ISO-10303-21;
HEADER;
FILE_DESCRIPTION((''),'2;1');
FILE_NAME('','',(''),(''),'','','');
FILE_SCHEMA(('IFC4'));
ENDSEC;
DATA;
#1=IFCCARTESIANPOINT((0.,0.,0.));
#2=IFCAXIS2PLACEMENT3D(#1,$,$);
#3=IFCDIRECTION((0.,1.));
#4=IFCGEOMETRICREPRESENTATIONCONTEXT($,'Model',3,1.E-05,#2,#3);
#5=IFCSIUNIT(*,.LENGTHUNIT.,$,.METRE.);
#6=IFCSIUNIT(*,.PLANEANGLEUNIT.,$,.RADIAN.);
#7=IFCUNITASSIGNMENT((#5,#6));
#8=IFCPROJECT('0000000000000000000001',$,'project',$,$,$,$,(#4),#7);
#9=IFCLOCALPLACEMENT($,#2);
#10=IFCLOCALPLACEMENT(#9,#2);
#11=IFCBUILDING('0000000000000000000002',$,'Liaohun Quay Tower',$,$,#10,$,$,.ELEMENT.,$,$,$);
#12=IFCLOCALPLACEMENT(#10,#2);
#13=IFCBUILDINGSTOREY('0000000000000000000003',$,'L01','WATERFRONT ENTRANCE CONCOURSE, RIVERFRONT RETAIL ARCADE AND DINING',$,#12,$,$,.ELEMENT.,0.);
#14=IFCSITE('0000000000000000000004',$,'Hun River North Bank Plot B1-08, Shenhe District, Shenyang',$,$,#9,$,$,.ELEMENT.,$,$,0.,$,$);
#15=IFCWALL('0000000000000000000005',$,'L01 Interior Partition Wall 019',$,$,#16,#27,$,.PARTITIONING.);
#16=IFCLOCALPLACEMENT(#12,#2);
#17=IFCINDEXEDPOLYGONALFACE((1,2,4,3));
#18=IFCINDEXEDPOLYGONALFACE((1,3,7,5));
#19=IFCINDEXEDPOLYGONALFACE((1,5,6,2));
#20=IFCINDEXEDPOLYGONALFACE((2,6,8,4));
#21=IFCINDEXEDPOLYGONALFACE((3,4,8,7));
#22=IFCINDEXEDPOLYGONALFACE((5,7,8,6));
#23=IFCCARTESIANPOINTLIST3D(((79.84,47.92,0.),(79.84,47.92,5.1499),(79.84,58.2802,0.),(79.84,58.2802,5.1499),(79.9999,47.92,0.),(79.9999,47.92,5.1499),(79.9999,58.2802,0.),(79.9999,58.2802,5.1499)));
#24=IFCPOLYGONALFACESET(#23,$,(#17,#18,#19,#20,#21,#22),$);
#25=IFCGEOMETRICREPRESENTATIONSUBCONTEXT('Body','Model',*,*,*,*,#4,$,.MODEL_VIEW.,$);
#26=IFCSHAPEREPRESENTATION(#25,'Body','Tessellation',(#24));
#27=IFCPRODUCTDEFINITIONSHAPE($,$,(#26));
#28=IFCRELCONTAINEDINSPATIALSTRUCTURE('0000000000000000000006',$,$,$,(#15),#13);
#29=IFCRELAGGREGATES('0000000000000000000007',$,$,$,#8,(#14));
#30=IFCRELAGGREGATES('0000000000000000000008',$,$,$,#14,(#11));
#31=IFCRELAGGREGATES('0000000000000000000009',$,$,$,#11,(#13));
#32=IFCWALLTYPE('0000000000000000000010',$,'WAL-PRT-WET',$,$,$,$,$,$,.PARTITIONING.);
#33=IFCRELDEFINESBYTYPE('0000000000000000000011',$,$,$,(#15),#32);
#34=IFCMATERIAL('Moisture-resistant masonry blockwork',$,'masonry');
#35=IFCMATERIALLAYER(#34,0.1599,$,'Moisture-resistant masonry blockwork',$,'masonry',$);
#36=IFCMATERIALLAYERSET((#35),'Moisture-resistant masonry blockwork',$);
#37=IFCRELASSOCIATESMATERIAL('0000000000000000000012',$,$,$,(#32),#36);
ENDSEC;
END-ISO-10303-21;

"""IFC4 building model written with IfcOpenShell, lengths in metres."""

from ifc_helpers import new_model, si_unit, direction, frame, frame_2d, origin, place, context, subcontext, project, spatial, rectangle, extrude, material, layer, layer_set, type_object, element, save


model = new_model("IFC4")

# Units and contexts
model_context = context("Model", 3, precision=1e-05, world=origin(), true_north=direction((0.0, 1.0)))
body_context = subcontext(model_context, "Body", "Model", "MODEL_VIEW")
ifc_project = project(units=[si_unit("LENGTHUNIT", "METRE"), si_unit("PLANEANGLEUNIT", "RADIAN")], contexts=[model_context])

# Site, building, storey
site_placement = place(None, origin())
site = spatial("IfcSite", under=ifc_project, at=site_placement, Name="Hun River North Bank Plot B1-08, Shenhe District, Shenyang", CompositionType="ELEMENT", RefElevation=0.0)
building_placement = place(site_placement, origin())
building = spatial("IfcBuilding", under=site, at=building_placement, Name="Liaohun Quay Tower", CompositionType="ELEMENT")
storey_placement = place(building_placement, origin())
storey = spatial("IfcBuildingStorey", under=building, at=storey_placement, Name="L01", Description="WATERFRONT ENTRANCE CONCOURSE, RIVERFRONT RETAIL ARCADE AND DINING", CompositionType="ELEMENT", Elevation=0.0)

# Wall
ifc_material_1 = material(Name="Moisture-resistant masonry blockwork", Category="masonry")
ifc_layer_1 = layer(ifc_material_1, 0.1599, Name="Moisture-resistant masonry blockwork", Category="masonry")
ifc_layer_set_1 = layer_set([ifc_layer_1], Name="Moisture-resistant masonry blockwork")
wall_type_1 = type_object("IfcWallType", Name="WAL-PRT-WET", PredefinedType="PARTITIONING", material=ifc_layer_set_1)
wall_1_placement = place(storey_placement, frame((79.9199, 47.9199, 0.0), z_axis=(0.0, 0.0, 1.0), x_axis=(0.0, 1.0, 0.0)))
element("IfcWall", 1, at=wall_1_placement, inside=storey, type_object=wall_type_1, Name="L01 Interior Partition Wall 019", PredefinedType="PARTITIONING", context=body_context, shape_type="SweptSolid", body=[
    extrude(rectangle(XDim=10.3601, YDim=0.1599, at=frame_2d((5.1802, 0.0))), origin(), (0.0, 0.0, 1.0), 5.1499),
])

save(model, "model.ifc")
